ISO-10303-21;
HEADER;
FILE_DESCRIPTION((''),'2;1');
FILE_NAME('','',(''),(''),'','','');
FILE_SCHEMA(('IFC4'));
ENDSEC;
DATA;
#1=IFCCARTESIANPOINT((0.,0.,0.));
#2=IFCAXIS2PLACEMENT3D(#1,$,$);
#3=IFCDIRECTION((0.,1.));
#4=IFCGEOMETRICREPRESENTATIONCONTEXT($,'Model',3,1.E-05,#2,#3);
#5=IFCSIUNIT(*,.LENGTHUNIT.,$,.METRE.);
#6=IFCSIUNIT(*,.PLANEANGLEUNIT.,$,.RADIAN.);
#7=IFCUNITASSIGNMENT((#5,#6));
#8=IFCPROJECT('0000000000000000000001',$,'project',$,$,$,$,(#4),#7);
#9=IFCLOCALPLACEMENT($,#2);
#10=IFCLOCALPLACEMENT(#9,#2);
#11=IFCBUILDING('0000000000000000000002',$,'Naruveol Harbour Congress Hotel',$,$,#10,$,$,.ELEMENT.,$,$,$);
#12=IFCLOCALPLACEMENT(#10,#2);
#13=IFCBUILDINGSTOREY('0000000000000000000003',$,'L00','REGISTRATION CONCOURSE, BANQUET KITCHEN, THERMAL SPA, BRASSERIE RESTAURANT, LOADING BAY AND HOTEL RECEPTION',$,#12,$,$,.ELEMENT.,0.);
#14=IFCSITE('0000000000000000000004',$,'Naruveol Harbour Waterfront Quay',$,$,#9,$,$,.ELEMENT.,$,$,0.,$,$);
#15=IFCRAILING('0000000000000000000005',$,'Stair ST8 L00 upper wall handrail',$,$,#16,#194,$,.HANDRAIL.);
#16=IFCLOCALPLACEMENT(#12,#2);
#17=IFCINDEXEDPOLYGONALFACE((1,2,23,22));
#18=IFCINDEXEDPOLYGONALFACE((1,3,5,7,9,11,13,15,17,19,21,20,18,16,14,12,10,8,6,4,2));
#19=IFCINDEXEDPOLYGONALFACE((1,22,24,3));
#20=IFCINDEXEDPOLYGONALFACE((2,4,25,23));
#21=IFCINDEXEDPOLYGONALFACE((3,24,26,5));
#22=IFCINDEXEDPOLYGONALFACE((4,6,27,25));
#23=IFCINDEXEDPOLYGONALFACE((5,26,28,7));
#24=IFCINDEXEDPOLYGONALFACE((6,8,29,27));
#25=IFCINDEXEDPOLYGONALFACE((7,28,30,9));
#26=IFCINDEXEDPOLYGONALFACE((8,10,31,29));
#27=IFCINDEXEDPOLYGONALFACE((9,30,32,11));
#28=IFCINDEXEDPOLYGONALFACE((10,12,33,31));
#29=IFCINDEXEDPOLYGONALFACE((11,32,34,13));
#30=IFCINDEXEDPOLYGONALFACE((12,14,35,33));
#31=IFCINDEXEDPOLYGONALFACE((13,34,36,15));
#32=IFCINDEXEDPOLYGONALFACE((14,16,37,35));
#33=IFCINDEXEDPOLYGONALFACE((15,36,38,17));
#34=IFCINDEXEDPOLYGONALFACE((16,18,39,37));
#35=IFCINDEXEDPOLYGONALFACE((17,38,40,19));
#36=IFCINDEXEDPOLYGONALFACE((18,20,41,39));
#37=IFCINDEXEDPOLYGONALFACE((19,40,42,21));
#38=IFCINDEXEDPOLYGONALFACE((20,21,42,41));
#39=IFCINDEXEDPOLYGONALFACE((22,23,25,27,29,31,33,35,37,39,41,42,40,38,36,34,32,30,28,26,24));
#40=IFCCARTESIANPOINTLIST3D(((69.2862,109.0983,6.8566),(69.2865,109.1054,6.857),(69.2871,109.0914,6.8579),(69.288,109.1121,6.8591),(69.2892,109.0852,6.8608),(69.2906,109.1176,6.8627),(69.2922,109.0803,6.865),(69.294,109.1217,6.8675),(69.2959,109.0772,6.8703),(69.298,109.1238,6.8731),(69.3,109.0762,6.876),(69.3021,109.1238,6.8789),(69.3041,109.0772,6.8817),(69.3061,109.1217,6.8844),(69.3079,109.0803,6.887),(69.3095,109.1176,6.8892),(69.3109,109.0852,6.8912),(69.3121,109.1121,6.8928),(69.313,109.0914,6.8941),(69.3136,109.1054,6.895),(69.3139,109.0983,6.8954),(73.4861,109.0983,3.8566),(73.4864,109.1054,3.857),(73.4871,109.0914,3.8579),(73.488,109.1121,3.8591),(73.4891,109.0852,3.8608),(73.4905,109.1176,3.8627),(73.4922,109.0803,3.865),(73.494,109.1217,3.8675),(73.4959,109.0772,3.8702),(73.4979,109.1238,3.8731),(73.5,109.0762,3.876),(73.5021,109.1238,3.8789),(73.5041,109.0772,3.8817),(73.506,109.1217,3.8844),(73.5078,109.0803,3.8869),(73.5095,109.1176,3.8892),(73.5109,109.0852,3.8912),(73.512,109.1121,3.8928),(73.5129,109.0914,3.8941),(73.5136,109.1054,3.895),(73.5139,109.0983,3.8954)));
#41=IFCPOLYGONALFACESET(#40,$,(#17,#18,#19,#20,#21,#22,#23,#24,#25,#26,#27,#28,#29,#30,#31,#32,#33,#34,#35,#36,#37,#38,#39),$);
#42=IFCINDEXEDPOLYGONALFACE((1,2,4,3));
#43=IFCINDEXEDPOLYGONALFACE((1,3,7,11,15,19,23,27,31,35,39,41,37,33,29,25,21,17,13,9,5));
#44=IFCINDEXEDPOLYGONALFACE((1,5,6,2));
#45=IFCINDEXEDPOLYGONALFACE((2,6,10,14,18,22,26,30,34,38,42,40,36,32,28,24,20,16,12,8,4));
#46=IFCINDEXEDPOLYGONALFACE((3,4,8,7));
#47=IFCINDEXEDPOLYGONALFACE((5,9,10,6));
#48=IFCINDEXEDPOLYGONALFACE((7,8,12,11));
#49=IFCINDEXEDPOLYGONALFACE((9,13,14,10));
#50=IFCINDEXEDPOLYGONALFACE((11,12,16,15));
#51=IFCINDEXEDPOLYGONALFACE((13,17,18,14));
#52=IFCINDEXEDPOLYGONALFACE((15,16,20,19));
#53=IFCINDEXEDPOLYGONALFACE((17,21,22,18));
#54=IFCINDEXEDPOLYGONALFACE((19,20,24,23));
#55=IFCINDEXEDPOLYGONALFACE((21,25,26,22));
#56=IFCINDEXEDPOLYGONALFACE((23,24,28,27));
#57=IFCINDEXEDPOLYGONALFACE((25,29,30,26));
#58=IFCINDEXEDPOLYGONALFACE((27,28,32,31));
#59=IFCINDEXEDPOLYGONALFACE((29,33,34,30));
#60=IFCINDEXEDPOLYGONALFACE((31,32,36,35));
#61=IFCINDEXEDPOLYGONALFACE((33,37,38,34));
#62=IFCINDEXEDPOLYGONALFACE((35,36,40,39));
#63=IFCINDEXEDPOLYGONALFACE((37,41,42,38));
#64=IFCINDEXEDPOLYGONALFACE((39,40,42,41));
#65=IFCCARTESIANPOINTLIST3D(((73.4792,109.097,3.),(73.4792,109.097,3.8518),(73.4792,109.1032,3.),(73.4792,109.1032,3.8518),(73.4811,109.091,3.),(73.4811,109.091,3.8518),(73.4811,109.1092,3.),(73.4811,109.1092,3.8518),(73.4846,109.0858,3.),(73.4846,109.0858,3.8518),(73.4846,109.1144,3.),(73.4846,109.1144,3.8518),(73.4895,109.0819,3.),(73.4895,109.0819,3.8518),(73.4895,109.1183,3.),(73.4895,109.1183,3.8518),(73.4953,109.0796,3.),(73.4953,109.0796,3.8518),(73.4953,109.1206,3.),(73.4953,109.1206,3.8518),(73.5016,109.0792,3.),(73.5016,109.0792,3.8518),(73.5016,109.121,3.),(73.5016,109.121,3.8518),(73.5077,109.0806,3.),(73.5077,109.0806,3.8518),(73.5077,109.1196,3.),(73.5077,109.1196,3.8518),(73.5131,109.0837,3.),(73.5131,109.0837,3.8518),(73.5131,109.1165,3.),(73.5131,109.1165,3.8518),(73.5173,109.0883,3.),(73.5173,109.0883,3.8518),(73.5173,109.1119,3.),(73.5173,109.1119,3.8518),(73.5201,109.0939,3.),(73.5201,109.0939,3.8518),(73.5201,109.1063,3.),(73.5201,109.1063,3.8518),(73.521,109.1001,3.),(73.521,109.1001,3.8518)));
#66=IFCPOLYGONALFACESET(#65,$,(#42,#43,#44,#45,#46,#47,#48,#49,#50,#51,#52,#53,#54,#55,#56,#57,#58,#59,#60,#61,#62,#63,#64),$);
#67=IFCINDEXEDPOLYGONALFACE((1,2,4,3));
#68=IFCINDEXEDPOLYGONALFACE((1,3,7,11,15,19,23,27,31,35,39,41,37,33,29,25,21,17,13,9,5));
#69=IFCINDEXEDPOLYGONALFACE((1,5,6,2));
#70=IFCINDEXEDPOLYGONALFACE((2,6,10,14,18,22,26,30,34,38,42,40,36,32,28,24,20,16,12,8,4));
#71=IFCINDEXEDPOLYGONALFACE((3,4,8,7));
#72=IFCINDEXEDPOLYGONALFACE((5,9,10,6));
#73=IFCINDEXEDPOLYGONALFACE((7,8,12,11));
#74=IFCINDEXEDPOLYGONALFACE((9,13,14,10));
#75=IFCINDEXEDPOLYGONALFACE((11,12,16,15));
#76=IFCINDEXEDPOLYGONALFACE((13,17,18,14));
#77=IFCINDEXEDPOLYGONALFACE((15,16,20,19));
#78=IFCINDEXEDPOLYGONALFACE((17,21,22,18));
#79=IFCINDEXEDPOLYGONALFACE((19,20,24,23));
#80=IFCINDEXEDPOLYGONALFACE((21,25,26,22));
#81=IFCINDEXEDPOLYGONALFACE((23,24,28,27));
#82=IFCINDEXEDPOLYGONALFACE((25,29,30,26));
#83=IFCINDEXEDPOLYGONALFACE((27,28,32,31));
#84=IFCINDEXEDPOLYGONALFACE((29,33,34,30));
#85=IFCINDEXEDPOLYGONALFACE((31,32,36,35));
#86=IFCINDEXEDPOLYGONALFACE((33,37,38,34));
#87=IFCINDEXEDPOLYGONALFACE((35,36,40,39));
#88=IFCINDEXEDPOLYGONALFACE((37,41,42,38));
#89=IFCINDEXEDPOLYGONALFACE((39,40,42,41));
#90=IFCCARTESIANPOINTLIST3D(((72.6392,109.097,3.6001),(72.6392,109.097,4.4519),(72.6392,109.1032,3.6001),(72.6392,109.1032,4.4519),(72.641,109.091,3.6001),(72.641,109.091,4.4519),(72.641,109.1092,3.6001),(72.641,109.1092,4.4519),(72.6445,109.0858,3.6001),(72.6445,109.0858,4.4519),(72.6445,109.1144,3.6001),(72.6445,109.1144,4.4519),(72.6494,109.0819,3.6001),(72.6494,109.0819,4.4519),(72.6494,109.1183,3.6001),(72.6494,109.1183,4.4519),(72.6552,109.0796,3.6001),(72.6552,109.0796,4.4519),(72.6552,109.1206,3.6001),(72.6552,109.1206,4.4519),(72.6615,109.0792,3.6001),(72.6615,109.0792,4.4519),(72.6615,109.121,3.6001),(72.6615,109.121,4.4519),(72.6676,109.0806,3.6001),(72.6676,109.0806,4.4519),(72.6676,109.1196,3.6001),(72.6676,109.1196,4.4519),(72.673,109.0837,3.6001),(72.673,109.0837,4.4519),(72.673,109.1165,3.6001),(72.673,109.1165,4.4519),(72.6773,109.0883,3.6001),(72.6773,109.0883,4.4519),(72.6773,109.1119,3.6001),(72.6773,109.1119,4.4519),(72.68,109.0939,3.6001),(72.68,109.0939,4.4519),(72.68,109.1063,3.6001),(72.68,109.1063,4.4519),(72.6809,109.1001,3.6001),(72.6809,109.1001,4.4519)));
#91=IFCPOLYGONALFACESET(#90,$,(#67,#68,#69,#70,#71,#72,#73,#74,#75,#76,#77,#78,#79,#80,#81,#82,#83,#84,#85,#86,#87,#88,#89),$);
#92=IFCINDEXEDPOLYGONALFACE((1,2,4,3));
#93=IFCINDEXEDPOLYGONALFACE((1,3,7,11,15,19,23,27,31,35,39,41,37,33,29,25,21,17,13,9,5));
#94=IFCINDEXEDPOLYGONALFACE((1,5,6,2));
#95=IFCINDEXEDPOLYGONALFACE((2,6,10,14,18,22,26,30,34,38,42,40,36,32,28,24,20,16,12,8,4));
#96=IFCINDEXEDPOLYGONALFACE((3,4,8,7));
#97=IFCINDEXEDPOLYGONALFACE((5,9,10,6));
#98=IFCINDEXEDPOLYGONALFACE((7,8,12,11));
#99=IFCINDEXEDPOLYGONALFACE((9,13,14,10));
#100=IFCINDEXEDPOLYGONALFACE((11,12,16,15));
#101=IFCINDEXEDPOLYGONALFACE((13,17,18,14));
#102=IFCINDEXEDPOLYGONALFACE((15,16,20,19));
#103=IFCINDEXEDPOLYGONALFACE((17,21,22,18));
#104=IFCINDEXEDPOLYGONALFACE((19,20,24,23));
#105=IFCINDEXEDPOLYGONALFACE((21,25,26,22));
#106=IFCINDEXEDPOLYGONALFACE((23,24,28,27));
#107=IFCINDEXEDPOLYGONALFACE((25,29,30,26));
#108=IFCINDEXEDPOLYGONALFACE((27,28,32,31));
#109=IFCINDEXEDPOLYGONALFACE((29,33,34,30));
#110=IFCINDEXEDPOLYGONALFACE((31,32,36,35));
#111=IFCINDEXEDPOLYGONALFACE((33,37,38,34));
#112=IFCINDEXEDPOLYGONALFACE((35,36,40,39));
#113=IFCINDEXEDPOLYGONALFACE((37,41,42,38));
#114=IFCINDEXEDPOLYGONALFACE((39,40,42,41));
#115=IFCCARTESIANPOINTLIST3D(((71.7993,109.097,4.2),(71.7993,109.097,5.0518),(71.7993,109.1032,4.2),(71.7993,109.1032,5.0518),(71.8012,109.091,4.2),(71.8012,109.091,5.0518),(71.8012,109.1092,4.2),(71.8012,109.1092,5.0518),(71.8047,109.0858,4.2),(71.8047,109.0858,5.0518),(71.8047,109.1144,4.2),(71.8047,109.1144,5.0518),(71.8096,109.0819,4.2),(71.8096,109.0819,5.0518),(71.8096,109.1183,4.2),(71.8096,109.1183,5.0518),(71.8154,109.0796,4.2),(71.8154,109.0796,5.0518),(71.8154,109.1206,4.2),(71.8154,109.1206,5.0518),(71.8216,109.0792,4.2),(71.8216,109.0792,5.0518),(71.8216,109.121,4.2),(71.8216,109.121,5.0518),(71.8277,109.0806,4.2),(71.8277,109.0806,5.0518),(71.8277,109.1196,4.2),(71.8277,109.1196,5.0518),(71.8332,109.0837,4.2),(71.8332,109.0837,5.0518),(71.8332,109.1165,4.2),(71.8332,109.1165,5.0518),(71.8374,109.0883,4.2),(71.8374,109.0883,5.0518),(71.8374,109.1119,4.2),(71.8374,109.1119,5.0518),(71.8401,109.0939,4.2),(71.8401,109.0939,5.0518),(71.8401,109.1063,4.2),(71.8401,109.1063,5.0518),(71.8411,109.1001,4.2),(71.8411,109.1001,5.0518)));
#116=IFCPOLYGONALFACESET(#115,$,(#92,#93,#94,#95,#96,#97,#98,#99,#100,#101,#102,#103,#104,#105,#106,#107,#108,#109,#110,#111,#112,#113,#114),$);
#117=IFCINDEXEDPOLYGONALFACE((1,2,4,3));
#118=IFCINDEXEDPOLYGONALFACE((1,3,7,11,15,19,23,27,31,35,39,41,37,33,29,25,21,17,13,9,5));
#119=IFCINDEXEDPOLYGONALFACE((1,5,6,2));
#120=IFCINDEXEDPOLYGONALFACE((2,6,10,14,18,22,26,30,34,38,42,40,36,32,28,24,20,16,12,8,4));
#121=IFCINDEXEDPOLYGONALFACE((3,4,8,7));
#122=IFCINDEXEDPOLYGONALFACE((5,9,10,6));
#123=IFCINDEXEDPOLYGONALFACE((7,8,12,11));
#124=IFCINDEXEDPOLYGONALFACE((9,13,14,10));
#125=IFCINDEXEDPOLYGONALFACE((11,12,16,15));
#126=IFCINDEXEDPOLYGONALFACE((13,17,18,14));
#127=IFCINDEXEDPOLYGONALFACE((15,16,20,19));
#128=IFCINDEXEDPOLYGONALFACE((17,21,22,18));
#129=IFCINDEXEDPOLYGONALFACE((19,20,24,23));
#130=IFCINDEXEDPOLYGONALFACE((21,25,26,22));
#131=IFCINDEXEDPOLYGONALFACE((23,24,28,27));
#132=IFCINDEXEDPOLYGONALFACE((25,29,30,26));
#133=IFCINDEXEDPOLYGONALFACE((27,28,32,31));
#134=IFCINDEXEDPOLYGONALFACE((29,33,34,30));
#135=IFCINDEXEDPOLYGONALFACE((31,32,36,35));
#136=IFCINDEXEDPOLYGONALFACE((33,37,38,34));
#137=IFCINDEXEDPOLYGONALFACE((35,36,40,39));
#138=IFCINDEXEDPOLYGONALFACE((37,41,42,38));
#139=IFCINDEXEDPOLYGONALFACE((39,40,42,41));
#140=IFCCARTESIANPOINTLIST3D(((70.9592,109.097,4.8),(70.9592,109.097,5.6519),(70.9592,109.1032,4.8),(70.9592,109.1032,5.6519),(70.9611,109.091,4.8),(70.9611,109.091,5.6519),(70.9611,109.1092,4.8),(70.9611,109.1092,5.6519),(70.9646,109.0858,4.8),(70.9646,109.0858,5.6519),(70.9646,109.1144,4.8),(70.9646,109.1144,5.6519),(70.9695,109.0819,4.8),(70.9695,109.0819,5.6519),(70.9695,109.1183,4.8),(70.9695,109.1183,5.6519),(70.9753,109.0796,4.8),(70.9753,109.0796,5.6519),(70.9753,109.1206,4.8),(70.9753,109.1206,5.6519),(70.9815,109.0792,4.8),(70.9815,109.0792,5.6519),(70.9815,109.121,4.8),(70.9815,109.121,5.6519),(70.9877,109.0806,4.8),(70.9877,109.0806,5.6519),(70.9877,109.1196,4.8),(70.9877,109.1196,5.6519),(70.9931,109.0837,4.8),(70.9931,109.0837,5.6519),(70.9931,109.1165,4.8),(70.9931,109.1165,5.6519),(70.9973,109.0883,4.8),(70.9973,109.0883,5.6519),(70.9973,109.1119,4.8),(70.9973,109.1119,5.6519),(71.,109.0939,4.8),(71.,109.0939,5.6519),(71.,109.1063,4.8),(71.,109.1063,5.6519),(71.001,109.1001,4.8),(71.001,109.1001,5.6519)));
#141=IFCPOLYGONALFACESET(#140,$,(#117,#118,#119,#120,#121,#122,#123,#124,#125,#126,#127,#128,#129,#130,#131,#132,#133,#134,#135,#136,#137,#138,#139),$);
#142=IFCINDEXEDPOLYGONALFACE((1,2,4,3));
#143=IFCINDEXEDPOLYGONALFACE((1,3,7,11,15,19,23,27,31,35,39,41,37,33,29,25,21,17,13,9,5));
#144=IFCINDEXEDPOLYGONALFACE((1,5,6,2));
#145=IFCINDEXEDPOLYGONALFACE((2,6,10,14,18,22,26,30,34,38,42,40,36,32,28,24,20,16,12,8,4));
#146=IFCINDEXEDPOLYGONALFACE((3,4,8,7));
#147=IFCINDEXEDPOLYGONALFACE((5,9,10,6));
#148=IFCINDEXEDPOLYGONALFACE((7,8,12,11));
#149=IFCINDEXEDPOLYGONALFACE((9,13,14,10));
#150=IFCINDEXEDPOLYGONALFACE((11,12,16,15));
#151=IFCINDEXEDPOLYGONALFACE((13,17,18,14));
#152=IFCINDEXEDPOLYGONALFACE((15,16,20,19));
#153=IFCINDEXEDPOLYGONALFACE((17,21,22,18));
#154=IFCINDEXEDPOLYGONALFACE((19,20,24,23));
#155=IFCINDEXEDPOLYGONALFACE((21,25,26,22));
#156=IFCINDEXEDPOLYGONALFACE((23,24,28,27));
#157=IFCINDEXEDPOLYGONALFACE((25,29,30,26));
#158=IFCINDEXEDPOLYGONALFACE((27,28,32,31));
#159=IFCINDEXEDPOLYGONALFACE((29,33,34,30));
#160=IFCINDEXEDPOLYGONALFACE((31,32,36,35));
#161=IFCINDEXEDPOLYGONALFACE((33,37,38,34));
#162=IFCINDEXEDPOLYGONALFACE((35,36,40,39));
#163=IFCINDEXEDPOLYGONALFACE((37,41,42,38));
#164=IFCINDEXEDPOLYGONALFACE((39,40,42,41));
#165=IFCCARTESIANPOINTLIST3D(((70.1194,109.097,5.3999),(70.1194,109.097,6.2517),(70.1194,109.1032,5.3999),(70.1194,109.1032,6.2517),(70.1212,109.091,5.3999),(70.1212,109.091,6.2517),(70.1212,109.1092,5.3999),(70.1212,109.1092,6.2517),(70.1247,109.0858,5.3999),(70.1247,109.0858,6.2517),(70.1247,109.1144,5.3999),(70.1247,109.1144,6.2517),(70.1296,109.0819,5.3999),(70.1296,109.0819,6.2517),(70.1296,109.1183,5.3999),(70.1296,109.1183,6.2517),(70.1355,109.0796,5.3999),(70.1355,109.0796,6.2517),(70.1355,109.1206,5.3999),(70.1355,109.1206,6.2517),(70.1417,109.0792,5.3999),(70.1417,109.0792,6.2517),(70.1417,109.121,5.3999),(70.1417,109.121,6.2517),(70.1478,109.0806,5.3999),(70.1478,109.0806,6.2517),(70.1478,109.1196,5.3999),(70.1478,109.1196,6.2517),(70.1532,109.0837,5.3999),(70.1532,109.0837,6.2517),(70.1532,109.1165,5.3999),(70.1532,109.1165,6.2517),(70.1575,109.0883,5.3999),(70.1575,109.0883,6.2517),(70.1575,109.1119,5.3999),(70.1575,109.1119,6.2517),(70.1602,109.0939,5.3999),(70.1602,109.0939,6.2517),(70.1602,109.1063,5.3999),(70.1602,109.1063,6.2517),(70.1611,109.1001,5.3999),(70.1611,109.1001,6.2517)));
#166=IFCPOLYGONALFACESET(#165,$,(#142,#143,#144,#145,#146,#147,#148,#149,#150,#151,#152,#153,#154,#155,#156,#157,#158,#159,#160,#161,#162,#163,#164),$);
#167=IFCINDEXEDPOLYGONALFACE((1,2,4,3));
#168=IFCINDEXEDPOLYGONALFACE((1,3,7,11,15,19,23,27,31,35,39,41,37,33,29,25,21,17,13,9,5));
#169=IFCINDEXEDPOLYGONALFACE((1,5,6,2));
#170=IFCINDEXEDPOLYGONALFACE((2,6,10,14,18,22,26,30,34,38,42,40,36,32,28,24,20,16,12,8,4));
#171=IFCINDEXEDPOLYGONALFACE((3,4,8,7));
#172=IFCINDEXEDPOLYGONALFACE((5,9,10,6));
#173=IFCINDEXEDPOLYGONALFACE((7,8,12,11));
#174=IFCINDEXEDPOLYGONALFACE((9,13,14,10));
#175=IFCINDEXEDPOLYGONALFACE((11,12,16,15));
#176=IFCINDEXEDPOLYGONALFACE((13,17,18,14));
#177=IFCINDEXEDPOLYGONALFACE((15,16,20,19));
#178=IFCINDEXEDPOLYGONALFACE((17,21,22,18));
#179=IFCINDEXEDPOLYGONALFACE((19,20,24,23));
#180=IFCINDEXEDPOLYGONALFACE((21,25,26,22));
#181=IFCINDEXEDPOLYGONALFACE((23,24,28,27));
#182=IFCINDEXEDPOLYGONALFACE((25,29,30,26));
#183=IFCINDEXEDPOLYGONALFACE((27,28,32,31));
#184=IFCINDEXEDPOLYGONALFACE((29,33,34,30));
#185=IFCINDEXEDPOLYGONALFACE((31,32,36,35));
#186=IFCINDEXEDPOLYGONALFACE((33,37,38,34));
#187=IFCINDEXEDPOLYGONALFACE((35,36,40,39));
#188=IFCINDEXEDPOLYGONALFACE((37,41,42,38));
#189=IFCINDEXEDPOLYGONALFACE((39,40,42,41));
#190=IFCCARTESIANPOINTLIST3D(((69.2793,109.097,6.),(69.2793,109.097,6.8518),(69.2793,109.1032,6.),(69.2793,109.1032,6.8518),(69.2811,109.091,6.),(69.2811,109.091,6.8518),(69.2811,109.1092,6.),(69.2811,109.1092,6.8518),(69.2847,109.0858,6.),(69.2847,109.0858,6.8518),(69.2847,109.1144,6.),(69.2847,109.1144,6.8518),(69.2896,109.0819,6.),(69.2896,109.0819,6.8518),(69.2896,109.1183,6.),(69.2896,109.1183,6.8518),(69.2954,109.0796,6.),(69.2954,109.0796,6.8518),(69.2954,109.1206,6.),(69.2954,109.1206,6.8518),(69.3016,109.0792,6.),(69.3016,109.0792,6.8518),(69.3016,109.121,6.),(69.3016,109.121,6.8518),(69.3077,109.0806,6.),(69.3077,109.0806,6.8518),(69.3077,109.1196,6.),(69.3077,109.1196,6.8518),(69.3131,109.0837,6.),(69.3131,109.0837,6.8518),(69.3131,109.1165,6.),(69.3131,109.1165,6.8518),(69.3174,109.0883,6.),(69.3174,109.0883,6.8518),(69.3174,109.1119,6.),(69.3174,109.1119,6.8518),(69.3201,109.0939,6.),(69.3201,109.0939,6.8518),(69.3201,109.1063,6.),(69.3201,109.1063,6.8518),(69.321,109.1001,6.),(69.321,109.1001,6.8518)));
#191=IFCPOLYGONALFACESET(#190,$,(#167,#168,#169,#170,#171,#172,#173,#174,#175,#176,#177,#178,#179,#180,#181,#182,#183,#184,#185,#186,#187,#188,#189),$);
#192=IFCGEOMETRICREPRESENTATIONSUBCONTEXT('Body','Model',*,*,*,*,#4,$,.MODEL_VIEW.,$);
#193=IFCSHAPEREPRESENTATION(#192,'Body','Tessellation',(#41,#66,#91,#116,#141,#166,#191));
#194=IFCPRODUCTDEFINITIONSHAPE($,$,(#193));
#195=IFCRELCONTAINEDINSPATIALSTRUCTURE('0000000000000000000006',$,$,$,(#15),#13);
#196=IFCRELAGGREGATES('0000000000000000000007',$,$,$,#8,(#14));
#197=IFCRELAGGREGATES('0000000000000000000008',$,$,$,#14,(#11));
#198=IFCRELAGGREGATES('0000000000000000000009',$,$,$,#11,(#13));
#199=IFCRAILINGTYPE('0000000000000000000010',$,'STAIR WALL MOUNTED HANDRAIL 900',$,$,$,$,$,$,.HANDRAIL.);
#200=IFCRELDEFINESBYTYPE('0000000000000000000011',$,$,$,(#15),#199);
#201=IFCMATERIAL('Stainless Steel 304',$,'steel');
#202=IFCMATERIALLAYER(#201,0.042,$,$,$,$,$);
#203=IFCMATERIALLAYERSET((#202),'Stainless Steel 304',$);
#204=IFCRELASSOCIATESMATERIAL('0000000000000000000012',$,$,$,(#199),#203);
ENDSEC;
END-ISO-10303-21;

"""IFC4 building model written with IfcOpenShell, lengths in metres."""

from ifc_helpers import new_model, si_unit, direction, frame, origin, origin_2d, place, context, subcontext, project, spatial, circle, extrude, material, layer, layer_set, type_object, element, save


model = new_model("IFC4")

# Units and contexts
model_context = context("Model", 3, precision=1e-05, world=origin(), true_north=direction((0.0, 1.0)))
body_context = subcontext(model_context, "Body", "Model", "MODEL_VIEW")
ifc_project = project(units=[si_unit("LENGTHUNIT", "METRE"), si_unit("PLANEANGLEUNIT", "RADIAN")], contexts=[model_context])

# Site, building, storey
site_placement = place(None, origin())
site = spatial("IfcSite", under=ifc_project, at=site_placement, Name="Naruveol Harbour Waterfront Quay", CompositionType="ELEMENT", RefElevation=0.0)
building_placement = place(site_placement, origin())
building = spatial("IfcBuilding", under=site, at=building_placement, Name="Naruveol Harbour Congress Hotel", CompositionType="ELEMENT")
storey_placement = place(building_placement, origin())
storey = spatial("IfcBuildingStorey", under=building, at=storey_placement, Name="L00", Description="REGISTRATION CONCOURSE, BANQUET KITCHEN, THERMAL SPA, BRASSERIE RESTAURANT, LOADING BAY AND HOTEL RECEPTION", CompositionType="ELEMENT", Elevation=0.0)

# Railing
ifc_material_1 = material(Name="Stainless Steel 304", Category="steel")
ifc_layer_1 = layer(ifc_material_1, 0.042)
ifc_layer_set_1 = layer_set([ifc_layer_1], Name="Stainless Steel 304")
railing_type_1 = type_object("IfcRailingType", Name="STAIR WALL MOUNTED HANDRAIL 900", PredefinedType="HANDRAIL", material=ifc_layer_set_1)
railing_1_placement = place(storey_placement, frame((73.5, 109.1001, 3.0)))
element("IfcRailing", 1, at=railing_1_placement, inside=storey, type_object=railing_type_1, Name="Stair ST8 L00 upper wall handrail", PredefinedType="HANDRAIL", context=body_context, shape_type="SweptSolid", body=[
    extrude(circle(Radius=0.0239, at=origin_2d()), frame((0.0, 0.0, 0.876), z_axis=(-0.81373, 0.0, 0.581243), x_axis=(0.0, -1.0, 0.0)), (0.0, 0.0, 1.0), 5.1614),
    extrude(circle(Radius=0.021, at=origin_2d()), origin(), (0.0, 0.0, 1.0), 0.8518),
    extrude(circle(Radius=0.021, at=origin_2d()), frame((-0.8401, 0.0, 0.6001)), (0.0, 0.0, 1.0), 0.8518),
    extrude(circle(Radius=0.021, at=origin_2d()), frame((-1.6799, 0.0, 1.2)), (0.0, 0.0, 1.0), 0.8518),
    extrude(circle(Radius=0.021, at=origin_2d()), frame((-2.52, 0.0, 1.8)), (0.0, 0.0, 1.0), 0.8518),
    extrude(circle(Radius=0.021, at=origin_2d()), frame((-3.3599, 0.0, 2.3999)), (0.0, 0.0, 1.0), 0.8518),
    extrude(circle(Radius=0.021, at=origin_2d()), frame((-4.2, 0.0, 3.0)), (0.0, 0.0, 1.0), 0.8518),
])

save(model, "model.ifc")
